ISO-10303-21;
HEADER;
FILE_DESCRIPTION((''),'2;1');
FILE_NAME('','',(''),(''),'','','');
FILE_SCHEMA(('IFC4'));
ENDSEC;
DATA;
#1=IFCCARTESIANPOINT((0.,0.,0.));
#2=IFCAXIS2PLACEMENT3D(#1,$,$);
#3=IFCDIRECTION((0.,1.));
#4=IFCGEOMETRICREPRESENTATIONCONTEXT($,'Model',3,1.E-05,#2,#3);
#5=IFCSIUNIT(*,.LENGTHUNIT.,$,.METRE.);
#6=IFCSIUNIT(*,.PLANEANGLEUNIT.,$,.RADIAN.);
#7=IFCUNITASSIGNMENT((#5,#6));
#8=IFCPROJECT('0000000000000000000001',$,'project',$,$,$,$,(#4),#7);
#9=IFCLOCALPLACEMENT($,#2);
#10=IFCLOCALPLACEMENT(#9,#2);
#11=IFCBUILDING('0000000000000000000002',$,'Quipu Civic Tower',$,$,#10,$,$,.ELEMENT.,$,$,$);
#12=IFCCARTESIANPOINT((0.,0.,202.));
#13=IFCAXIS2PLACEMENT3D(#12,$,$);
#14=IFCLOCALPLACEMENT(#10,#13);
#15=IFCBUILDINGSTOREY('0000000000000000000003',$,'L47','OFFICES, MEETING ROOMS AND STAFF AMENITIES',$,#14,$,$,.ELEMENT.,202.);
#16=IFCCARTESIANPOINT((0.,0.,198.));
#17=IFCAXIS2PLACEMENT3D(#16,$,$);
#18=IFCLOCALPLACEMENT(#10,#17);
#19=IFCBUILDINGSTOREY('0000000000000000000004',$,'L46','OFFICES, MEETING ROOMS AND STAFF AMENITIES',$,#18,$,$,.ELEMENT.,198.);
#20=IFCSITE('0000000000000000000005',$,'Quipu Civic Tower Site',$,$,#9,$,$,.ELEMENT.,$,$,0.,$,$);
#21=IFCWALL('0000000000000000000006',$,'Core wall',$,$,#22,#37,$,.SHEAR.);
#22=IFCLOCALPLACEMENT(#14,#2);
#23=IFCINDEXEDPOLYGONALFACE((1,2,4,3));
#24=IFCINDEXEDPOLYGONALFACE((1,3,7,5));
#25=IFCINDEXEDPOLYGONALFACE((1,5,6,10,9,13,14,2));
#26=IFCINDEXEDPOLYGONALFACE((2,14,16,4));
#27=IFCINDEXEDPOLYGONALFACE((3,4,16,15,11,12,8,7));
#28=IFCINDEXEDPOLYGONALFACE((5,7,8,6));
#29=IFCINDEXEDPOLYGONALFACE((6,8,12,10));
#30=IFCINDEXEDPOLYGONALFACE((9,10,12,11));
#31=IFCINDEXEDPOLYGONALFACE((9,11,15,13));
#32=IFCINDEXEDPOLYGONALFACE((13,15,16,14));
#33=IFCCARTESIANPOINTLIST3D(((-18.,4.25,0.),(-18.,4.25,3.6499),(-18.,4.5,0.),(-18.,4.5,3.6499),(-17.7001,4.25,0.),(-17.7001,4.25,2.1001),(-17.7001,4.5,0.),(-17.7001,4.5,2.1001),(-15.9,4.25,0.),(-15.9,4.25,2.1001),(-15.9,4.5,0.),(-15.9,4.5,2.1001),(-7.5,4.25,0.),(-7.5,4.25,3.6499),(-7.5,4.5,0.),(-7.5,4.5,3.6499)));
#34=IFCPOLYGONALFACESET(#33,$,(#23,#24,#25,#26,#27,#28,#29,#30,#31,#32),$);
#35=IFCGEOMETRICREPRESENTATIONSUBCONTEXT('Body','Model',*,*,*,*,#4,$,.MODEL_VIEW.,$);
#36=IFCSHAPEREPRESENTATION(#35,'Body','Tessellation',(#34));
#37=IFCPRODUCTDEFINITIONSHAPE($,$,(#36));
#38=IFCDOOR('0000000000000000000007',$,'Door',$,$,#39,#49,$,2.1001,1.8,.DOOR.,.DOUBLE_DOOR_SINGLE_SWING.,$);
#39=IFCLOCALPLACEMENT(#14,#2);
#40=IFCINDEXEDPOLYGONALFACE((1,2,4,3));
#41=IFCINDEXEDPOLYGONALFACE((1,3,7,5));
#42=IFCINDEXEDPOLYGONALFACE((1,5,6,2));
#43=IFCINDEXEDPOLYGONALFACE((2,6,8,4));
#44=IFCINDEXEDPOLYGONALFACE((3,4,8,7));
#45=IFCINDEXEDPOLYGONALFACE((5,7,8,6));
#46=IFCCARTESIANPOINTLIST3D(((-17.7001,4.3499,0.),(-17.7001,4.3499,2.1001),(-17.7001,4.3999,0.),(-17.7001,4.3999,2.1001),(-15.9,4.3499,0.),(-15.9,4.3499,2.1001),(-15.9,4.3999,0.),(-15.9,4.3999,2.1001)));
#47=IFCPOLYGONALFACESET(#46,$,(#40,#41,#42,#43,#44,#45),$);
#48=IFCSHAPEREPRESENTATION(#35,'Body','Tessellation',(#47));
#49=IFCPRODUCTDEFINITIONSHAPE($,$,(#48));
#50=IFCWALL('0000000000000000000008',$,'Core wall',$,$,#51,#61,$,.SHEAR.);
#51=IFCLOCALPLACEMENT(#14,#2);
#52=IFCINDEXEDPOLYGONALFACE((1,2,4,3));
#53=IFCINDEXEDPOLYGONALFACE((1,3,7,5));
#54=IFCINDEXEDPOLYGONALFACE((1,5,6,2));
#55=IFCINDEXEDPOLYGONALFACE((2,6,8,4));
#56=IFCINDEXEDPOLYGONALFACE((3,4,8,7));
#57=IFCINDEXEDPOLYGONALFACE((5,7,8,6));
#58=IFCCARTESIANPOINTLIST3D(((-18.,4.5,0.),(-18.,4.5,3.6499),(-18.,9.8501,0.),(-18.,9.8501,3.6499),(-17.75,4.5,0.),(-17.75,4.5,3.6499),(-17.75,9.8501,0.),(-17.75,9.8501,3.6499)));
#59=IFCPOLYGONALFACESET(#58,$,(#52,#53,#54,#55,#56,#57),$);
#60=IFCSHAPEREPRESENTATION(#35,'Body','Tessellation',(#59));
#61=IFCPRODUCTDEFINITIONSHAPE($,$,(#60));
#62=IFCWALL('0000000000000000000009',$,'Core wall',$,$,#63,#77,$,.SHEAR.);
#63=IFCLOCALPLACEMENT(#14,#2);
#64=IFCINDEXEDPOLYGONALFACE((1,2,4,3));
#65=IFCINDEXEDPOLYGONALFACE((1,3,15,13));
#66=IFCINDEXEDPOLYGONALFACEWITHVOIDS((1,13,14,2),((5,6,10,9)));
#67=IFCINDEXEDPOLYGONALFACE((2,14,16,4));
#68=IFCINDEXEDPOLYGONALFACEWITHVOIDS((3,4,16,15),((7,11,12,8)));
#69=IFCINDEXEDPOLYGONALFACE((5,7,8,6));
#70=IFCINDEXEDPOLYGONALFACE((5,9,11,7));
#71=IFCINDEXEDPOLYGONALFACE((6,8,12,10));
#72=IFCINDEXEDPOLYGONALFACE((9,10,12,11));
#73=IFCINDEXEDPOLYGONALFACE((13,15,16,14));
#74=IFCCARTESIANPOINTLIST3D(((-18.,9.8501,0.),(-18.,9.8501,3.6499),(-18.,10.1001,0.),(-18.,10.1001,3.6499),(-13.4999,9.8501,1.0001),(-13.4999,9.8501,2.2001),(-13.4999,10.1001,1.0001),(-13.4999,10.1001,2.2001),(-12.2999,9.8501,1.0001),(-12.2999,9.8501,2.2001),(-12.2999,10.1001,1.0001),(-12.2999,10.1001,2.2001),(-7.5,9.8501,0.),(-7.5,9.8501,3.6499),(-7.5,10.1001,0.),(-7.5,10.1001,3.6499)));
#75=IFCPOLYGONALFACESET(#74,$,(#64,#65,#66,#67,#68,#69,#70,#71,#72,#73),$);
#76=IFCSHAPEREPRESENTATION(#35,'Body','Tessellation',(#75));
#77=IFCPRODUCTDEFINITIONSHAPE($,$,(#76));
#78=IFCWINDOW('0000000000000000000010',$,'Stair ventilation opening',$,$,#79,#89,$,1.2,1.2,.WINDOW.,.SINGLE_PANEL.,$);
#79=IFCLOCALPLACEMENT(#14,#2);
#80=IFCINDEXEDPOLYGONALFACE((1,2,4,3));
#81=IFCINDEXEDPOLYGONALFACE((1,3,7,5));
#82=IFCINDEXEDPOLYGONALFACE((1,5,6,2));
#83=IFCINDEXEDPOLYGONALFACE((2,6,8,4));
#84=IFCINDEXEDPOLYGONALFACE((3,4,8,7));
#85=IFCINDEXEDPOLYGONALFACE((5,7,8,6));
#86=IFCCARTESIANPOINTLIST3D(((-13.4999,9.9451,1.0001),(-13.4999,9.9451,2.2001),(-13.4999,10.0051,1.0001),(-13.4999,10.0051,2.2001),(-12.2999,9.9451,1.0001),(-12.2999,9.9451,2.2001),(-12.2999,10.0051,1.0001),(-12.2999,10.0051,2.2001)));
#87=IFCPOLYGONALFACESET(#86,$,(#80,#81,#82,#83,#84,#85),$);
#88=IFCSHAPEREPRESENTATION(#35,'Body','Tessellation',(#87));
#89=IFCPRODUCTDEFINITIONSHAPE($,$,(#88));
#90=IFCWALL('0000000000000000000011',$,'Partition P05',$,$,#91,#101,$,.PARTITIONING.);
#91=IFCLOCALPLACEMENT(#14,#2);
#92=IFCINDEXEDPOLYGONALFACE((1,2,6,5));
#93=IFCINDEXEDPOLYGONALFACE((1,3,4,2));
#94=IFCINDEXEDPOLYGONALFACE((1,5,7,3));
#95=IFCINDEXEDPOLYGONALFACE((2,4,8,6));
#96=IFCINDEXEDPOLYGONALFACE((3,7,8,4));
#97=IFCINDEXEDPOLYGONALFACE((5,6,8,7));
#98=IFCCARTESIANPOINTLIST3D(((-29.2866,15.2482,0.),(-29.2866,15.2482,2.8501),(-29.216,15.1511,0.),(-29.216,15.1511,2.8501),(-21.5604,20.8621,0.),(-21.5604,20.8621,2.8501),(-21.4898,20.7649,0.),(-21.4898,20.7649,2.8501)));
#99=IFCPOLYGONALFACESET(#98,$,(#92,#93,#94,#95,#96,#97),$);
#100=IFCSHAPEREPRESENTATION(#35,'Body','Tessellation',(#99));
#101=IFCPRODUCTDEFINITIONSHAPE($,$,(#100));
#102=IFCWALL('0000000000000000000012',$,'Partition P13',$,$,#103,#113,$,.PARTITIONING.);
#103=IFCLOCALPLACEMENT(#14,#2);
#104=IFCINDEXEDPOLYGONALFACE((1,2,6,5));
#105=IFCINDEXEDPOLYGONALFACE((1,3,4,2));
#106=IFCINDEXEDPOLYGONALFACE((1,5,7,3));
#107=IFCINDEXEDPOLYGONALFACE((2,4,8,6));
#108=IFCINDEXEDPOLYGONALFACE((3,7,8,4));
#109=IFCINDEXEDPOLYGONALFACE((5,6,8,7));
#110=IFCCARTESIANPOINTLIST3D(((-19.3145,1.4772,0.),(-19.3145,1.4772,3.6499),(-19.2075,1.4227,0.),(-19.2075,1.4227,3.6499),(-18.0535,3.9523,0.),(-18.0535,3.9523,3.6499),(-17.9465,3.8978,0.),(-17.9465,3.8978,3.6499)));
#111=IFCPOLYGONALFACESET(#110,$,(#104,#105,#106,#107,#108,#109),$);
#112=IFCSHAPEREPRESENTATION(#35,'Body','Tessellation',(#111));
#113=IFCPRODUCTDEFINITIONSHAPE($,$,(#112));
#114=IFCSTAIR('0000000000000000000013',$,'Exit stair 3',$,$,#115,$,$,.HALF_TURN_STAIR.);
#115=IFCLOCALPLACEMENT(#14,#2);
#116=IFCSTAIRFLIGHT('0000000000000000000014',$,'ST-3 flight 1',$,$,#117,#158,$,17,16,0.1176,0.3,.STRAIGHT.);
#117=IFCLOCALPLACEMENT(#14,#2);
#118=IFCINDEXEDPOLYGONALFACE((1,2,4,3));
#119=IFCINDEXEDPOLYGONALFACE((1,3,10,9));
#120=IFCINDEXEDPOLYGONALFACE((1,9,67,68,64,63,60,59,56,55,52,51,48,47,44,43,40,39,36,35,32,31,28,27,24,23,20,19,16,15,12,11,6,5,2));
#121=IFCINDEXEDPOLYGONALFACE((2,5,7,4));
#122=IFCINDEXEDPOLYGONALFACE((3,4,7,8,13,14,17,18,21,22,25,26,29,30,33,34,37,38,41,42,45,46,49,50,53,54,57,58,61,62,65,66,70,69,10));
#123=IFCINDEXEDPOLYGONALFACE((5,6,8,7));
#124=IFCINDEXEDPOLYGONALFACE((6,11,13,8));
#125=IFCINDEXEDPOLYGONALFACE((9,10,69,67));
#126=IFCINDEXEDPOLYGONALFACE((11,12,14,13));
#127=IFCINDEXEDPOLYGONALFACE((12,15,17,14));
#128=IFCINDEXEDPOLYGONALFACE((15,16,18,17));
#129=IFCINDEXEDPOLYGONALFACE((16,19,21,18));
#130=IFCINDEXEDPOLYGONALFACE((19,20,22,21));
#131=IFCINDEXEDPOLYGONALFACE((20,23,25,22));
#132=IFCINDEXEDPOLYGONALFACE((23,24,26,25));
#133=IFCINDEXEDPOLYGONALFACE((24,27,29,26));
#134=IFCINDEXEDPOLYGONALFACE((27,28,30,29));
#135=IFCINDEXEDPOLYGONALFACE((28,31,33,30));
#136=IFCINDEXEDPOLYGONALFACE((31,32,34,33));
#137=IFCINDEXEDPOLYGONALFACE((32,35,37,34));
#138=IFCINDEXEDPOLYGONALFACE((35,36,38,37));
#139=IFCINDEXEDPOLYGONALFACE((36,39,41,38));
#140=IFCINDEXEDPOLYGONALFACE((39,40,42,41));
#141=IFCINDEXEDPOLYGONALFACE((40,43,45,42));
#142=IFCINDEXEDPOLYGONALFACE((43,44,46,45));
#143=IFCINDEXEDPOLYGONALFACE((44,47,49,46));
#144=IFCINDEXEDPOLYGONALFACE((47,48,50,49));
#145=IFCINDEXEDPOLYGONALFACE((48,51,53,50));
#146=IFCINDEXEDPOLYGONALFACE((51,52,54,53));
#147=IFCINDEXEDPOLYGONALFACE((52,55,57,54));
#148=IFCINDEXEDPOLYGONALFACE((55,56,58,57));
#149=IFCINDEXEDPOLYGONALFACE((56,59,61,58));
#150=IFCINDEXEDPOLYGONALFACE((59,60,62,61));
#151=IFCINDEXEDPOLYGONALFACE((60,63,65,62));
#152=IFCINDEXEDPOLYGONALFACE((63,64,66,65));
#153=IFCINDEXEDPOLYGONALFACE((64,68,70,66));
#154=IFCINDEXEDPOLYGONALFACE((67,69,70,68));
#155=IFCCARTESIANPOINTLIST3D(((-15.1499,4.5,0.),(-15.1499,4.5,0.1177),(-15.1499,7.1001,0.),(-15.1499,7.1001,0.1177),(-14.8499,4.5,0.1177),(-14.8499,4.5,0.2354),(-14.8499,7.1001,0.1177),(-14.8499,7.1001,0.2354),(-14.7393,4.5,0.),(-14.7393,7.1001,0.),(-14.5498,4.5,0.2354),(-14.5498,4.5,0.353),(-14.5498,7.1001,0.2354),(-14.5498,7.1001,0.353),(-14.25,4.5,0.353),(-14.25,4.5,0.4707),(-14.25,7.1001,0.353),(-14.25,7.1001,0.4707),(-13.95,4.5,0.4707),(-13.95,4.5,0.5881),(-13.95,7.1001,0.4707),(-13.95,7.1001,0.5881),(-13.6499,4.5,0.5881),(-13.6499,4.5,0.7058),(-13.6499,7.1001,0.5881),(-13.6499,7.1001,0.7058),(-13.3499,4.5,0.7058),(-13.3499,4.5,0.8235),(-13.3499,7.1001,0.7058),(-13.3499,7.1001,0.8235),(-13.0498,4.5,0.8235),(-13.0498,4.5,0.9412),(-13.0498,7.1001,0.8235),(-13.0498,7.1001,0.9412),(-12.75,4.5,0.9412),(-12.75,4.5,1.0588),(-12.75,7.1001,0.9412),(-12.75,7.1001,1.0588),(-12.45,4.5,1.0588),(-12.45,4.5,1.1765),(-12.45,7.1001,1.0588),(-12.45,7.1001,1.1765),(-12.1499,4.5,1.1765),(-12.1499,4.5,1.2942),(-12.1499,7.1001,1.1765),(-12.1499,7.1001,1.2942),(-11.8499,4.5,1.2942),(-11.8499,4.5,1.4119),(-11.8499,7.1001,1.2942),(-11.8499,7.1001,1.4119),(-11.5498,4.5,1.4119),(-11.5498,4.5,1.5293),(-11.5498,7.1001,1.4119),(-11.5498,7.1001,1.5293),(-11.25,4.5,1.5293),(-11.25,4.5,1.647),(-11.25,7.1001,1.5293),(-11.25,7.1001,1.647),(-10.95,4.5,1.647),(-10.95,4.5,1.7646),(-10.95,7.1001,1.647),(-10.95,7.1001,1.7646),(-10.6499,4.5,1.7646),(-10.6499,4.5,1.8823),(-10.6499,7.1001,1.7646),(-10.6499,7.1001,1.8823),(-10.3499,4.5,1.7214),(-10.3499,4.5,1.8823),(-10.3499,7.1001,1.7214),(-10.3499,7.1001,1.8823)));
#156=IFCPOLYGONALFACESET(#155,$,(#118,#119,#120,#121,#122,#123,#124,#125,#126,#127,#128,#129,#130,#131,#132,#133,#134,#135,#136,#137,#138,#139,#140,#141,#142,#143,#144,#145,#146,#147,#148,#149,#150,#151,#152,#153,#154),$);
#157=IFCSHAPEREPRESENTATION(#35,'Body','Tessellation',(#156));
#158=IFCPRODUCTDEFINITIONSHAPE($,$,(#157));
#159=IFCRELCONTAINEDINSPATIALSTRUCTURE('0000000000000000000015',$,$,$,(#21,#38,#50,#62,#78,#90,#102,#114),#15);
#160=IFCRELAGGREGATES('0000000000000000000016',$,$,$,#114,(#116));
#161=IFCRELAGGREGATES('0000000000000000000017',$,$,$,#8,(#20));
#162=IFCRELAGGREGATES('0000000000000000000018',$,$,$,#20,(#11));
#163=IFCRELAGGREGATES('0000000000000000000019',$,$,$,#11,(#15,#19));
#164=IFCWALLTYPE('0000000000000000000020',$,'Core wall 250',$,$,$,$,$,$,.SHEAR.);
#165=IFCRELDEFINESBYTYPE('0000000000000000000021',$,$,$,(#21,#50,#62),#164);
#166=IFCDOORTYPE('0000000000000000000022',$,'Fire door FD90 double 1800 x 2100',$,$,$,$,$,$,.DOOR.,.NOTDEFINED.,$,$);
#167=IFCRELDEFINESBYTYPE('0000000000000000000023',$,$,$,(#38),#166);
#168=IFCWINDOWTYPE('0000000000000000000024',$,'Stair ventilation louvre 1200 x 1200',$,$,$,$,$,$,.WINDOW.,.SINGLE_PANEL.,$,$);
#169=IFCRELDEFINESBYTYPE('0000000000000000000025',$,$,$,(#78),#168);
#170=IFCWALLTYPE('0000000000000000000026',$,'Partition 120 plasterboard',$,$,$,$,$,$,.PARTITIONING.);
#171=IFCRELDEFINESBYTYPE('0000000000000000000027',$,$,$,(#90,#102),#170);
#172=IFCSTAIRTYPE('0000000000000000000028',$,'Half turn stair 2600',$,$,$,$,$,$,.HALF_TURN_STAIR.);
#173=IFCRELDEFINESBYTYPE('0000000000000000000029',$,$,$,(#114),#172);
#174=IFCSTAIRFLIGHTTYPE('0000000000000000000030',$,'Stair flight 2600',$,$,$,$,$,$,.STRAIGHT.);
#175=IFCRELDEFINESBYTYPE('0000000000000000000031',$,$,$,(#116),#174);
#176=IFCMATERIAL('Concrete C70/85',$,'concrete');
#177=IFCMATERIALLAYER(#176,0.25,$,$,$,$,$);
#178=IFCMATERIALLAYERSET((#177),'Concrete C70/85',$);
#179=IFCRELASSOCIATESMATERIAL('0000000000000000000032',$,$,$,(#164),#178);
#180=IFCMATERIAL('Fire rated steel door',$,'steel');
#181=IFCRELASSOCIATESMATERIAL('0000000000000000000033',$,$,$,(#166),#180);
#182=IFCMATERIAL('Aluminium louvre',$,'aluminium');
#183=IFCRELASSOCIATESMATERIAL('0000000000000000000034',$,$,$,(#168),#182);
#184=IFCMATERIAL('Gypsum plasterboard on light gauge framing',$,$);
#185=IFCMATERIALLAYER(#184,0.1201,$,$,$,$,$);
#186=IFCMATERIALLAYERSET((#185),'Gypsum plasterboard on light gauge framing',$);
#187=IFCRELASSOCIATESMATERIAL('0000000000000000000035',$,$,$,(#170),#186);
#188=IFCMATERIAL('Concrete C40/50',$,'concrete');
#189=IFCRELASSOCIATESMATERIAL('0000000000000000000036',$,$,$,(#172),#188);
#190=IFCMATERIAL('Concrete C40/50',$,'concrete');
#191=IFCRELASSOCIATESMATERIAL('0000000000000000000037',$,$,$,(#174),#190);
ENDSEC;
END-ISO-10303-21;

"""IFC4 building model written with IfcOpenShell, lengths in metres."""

from ifc_helpers import new_model, si_unit, direction, frame, frame_2d, origin, place, context, subcontext, project, spatial, polyline, rectangle, outline, extrude, material, layer, layer_set, type_object, element, fill, aggregate, save


model = new_model("IFC4")

# Units and contexts
model_context = context("Model", 3, precision=1e-05, world=origin(), true_north=direction((0.0, 1.0)))
body_context = subcontext(model_context, "Body", "Model", "MODEL_VIEW")
ifc_project = project(units=[si_unit("LENGTHUNIT", "METRE"), si_unit("PLANEANGLEUNIT", "RADIAN")], contexts=[model_context])

# Site, building, storey
site_placement = place(None, origin())
site = spatial("IfcSite", under=ifc_project, at=site_placement, Name="Quipu Civic Tower Site", CompositionType="ELEMENT", RefElevation=0.0)
building_placement = place(site_placement, origin())
building = spatial("IfcBuilding", under=site, at=building_placement, Name="Quipu Civic Tower", CompositionType="ELEMENT")
storey_1_placement = place(building_placement, frame((0.0, 0.0, 202.0)))
storey_1 = spatial("IfcBuildingStorey", under=building, at=storey_1_placement, Name="L47", Description="OFFICES, MEETING ROOMS AND STAFF AMENITIES", CompositionType="ELEMENT", Elevation=202.0)

# Shared definitions
storey_2_placement = place(building_placement, frame((0.0, 0.0, 198.0)))
storey_2 = spatial("IfcBuildingStorey", under=building, at=storey_2_placement, Name="L46", Description="OFFICES, MEETING ROOMS AND STAFF AMENITIES", CompositionType="ELEMENT", Elevation=198.0)

# Shared definitions
ifc_material_1 = material(Name="Concrete C70/85", Category="concrete")
ifc_layer_1 = layer(ifc_material_1, 0.25)
ifc_layer_set_1 = layer_set([ifc_layer_1], Name="Concrete C70/85")
wall_type_1 = type_object("IfcWallType", Name="Core wall 250", PredefinedType="SHEAR", material=ifc_layer_set_1)

# Wall, opening, door
wall_1_placement = place(storey_1_placement, frame((-18.0, 4.375, 0.0), z_axis=(0.0, 0.0, 1.0), x_axis=(1.0, 0.0, 0.0)))
wall_1 = element("IfcWall", 1, at=wall_1_placement, inside=storey_1, type_object=wall_type_1, Name="Core wall", PredefinedType="SHEAR", context=body_context, shape_type="SweptSolid", body=[
    extrude(rectangle(XDim=10.5, YDim=0.25, at=frame_2d((5.25, 0.0))), origin(), (0.0, 0.0, 1.0), 3.6499),
])
opening_1_placement = place(wall_1_placement, frame((0.3, 0.0, 0.0)))
opening_1 = element("IfcOpeningElement", 2, at=opening_1_placement, cuts=wall_1, PredefinedType="OPENING", context=body_context, shape_type="SweptSolid", body=[
    extrude(rectangle(XDim=1.8, YDim=2.1001, at=frame_2d((0.8999, 1.05))), frame((0.0, 0.135, 0.0), z_axis=(0.0, -1.0, 0.0), x_axis=(1.0, 0.0, 0.0)), (0.0, 0.0, 1.0), 0.27),
])
ifc_material_2 = material(Name="Fire rated steel door", Category="steel")
door_type = type_object("IfcDoorType", Name="Fire door FD90 double 1800 x 2100", OperationType="NOTDEFINED", PredefinedType="DOOR", material=ifc_material_2)
door_placement = place(opening_1_placement, origin())
door = element("IfcDoor", 3, at=door_placement, inside=storey_1, type_object=door_type, Name="Door", OperationType="DOUBLE_DOOR_SINGLE_SWING", OverallHeight=2.1001, OverallWidth=1.8, PredefinedType="DOOR", context=body_context, shape_type="SweptSolid", body=[
    extrude(rectangle(XDim=1.8, YDim=2.1001, at=frame_2d((0.8999, 1.05))), frame((0.0, 0.0249, 0.0), z_axis=(0.0, -1.0, 0.0), x_axis=(1.0, 0.0, 0.0)), (0.0, 0.0, 1.0), 0.05),
])
fill(opening_1, door)

# Wall
wall_2_placement = place(storey_1_placement, frame((-17.875, 4.5, 0.0), z_axis=(0.0, 0.0, 1.0), x_axis=(0.0, 1.0, 0.0)))
element("IfcWall", 4, at=wall_2_placement, inside=storey_1, type_object=wall_type_1, Name="Core wall", PredefinedType="SHEAR", context=body_context, shape_type="SweptSolid", body=[
    extrude(rectangle(XDim=5.3501, YDim=0.25, at=frame_2d((2.675, 0.0))), origin(), (0.0, 0.0, 1.0), 3.6499),
])

# Wall, opening, window
wall_3_placement = place(storey_1_placement, frame((-18.0, 9.9751, 0.0), z_axis=(0.0, 0.0, 1.0), x_axis=(1.0, 0.0, 0.0)))
wall_3 = element("IfcWall", 5, at=wall_3_placement, inside=storey_1, type_object=wall_type_1, Name="Core wall", PredefinedType="SHEAR", context=body_context, shape_type="SweptSolid", body=[
    extrude(rectangle(XDim=10.5, YDim=0.25, at=frame_2d((5.25, 0.0))), origin(), (0.0, 0.0, 1.0), 3.6499),
])
opening_2_placement = place(wall_3_placement, frame((4.5, 0.0, 1.0)))
opening_2 = element("IfcOpeningElement", 6, at=opening_2_placement, cuts=wall_3, PredefinedType="OPENING", context=body_context, shape_type="SweptSolid", body=[
    extrude(rectangle(XDim=1.2, YDim=1.2, at=frame_2d((0.6001, 0.6001))), frame((0.0, 0.135, 0.0), z_axis=(0.0, -1.0, 0.0), x_axis=(1.0, 0.0, 0.0)), (0.0, 0.0, 1.0), 0.27),
])
ifc_material_3 = material(Name="Aluminium louvre", Category="aluminium")
window_type = type_object("IfcWindowType", Name="Stair ventilation louvre 1200 x 1200", PartitioningType="SINGLE_PANEL", PredefinedType="WINDOW", material=ifc_material_3)
window_placement = place(opening_2_placement, origin())
window = element("IfcWindow", 7, at=window_placement, inside=storey_1, type_object=window_type, Name="Stair ventilation opening", OverallHeight=1.2, OverallWidth=1.2, PartitioningType="SINGLE_PANEL", PredefinedType="WINDOW", context=body_context, shape_type="SweptSolid", body=[
    extrude(rectangle(XDim=1.2, YDim=1.2, at=frame_2d((0.6001, 0.6001))), frame((0.0, 0.03, 0.0), z_axis=(0.0, -1.0, 0.0), x_axis=(1.0, 0.0, 0.0)), (0.0, 0.0, 1.0), 0.0601),
])
fill(opening_2, window)

# Walls
ifc_material_4 = material(Name="Gypsum plasterboard on light gauge framing")
ifc_layer_2 = layer(ifc_material_4, 0.1201)
ifc_layer_set_2 = layer_set([ifc_layer_2], Name="Gypsum plasterboard on light gauge framing")
wall_type_2 = type_object("IfcWallType", Name="Partition 120 plasterboard", PredefinedType="PARTITIONING", material=ifc_layer_set_2)
wall_4_placement = place(storey_1_placement, frame((-21.5251, 20.8135, 0.0), z_axis=(0.0, 0.0, 1.0), x_axis=(-0.808995, -0.587816, 0.0)))
element("IfcWall", 8, at=wall_4_placement, inside=storey_1, type_object=wall_type_2, Name="Partition P05", PredefinedType="PARTITIONING", context=body_context, shape_type="SweptSolid", body=[
    extrude(rectangle(XDim=9.5503, YDim=0.1201, at=frame_2d((4.7751, 0.0))), origin(), (0.0, 0.0, 1.0), 2.8501),
])
wall_5_placement = place(storey_1_placement, frame((-19.261, 1.45, 0.0), z_axis=(0.0, 0.0, 1.0), x_axis=(0.453951, 0.891027, 0.0)))
element("IfcWall", 9, at=wall_5_placement, inside=storey_1, type_object=wall_type_2, Name="Partition P13", PredefinedType="PARTITIONING", context=body_context, shape_type="SweptSolid", body=[
    extrude(rectangle(XDim=2.7778, YDim=0.1201, at=frame_2d((1.3889, 0.0))), origin(), (0.0, 0.0, 1.0), 3.6499),
])

# Stair, stair flight
ifc_material_5 = material(Name="Concrete C40/50", Category="concrete")
stair_type = type_object("IfcStairType", Name="Half turn stair 2600", PredefinedType="HALF_TURN_STAIR", material=ifc_material_5)
stair_placement = place(storey_1_placement, origin())
stair = element("IfcStair", 10, at=stair_placement, inside=storey_1, type_object=stair_type, Name="Exit stair 3", PredefinedType="HALF_TURN_STAIR")
ifc_material_6 = material(Name="Concrete C40/50", Category="concrete")
stair_flight_type = type_object("IfcStairFlightType", Name="Stair flight 2600", PredefinedType="STRAIGHT", material=ifc_material_6)
stair_flight_placement = place(storey_1_placement, frame((-15.1499, 5.8, 0.0), z_axis=(0.0, 0.0, 1.0), x_axis=(1.0, 0.0, 0.0)))
stair_flight = element("IfcStairFlight", 11, at=stair_flight_placement, type_object=stair_flight_type, Name="ST-3 flight 1", NumberOfRisers=17, NumberOfTreads=16, PredefinedType="STRAIGHT", RiserHeight=0.1176, TreadLength=0.3, context=body_context, shape_type="SweptSolid", body=[
    extrude(outline(polyline([(0.0, 0.0), (0.0, 0.1177), (0.3, 0.1177), (0.3, 0.2354), (0.6001, 0.2354), (0.6001, 0.353), (0.8999, 0.353), (0.8999, 0.4707), (1.2, 0.4707), (1.2, 0.5881), (1.5, 0.5881), (1.5, 0.7058), (1.8, 0.7058), (1.8, 0.8235), (2.1001, 0.8235), (2.1001, 0.9412), (2.3999, 0.9412), (2.3999, 1.0588), (2.7, 1.0588), (2.7, 1.1765), (3.0, 1.1765), (3.0, 1.2942), (3.3, 1.2942), (3.3, 1.4119), (3.6001, 1.4119), (3.6001, 1.5293), (3.8999, 1.5293), (3.8999, 1.647), (4.2, 1.647), (4.2, 1.7646), (4.5, 1.7646), (4.5, 1.8823), (4.8, 1.8823), (4.8, 2.0), (4.8, 1.7214), (0.4106, 0.0), (0.0, 0.0)])), frame((0.0, 1.3, 0.0), z_axis=(0.0, -1.0, 0.0), x_axis=(1.0, 0.0, 0.0)), (0.0, 0.0, 1.0), 2.6001),
])
aggregate(stair, [stair_flight])

save(model, "model.ifc")
